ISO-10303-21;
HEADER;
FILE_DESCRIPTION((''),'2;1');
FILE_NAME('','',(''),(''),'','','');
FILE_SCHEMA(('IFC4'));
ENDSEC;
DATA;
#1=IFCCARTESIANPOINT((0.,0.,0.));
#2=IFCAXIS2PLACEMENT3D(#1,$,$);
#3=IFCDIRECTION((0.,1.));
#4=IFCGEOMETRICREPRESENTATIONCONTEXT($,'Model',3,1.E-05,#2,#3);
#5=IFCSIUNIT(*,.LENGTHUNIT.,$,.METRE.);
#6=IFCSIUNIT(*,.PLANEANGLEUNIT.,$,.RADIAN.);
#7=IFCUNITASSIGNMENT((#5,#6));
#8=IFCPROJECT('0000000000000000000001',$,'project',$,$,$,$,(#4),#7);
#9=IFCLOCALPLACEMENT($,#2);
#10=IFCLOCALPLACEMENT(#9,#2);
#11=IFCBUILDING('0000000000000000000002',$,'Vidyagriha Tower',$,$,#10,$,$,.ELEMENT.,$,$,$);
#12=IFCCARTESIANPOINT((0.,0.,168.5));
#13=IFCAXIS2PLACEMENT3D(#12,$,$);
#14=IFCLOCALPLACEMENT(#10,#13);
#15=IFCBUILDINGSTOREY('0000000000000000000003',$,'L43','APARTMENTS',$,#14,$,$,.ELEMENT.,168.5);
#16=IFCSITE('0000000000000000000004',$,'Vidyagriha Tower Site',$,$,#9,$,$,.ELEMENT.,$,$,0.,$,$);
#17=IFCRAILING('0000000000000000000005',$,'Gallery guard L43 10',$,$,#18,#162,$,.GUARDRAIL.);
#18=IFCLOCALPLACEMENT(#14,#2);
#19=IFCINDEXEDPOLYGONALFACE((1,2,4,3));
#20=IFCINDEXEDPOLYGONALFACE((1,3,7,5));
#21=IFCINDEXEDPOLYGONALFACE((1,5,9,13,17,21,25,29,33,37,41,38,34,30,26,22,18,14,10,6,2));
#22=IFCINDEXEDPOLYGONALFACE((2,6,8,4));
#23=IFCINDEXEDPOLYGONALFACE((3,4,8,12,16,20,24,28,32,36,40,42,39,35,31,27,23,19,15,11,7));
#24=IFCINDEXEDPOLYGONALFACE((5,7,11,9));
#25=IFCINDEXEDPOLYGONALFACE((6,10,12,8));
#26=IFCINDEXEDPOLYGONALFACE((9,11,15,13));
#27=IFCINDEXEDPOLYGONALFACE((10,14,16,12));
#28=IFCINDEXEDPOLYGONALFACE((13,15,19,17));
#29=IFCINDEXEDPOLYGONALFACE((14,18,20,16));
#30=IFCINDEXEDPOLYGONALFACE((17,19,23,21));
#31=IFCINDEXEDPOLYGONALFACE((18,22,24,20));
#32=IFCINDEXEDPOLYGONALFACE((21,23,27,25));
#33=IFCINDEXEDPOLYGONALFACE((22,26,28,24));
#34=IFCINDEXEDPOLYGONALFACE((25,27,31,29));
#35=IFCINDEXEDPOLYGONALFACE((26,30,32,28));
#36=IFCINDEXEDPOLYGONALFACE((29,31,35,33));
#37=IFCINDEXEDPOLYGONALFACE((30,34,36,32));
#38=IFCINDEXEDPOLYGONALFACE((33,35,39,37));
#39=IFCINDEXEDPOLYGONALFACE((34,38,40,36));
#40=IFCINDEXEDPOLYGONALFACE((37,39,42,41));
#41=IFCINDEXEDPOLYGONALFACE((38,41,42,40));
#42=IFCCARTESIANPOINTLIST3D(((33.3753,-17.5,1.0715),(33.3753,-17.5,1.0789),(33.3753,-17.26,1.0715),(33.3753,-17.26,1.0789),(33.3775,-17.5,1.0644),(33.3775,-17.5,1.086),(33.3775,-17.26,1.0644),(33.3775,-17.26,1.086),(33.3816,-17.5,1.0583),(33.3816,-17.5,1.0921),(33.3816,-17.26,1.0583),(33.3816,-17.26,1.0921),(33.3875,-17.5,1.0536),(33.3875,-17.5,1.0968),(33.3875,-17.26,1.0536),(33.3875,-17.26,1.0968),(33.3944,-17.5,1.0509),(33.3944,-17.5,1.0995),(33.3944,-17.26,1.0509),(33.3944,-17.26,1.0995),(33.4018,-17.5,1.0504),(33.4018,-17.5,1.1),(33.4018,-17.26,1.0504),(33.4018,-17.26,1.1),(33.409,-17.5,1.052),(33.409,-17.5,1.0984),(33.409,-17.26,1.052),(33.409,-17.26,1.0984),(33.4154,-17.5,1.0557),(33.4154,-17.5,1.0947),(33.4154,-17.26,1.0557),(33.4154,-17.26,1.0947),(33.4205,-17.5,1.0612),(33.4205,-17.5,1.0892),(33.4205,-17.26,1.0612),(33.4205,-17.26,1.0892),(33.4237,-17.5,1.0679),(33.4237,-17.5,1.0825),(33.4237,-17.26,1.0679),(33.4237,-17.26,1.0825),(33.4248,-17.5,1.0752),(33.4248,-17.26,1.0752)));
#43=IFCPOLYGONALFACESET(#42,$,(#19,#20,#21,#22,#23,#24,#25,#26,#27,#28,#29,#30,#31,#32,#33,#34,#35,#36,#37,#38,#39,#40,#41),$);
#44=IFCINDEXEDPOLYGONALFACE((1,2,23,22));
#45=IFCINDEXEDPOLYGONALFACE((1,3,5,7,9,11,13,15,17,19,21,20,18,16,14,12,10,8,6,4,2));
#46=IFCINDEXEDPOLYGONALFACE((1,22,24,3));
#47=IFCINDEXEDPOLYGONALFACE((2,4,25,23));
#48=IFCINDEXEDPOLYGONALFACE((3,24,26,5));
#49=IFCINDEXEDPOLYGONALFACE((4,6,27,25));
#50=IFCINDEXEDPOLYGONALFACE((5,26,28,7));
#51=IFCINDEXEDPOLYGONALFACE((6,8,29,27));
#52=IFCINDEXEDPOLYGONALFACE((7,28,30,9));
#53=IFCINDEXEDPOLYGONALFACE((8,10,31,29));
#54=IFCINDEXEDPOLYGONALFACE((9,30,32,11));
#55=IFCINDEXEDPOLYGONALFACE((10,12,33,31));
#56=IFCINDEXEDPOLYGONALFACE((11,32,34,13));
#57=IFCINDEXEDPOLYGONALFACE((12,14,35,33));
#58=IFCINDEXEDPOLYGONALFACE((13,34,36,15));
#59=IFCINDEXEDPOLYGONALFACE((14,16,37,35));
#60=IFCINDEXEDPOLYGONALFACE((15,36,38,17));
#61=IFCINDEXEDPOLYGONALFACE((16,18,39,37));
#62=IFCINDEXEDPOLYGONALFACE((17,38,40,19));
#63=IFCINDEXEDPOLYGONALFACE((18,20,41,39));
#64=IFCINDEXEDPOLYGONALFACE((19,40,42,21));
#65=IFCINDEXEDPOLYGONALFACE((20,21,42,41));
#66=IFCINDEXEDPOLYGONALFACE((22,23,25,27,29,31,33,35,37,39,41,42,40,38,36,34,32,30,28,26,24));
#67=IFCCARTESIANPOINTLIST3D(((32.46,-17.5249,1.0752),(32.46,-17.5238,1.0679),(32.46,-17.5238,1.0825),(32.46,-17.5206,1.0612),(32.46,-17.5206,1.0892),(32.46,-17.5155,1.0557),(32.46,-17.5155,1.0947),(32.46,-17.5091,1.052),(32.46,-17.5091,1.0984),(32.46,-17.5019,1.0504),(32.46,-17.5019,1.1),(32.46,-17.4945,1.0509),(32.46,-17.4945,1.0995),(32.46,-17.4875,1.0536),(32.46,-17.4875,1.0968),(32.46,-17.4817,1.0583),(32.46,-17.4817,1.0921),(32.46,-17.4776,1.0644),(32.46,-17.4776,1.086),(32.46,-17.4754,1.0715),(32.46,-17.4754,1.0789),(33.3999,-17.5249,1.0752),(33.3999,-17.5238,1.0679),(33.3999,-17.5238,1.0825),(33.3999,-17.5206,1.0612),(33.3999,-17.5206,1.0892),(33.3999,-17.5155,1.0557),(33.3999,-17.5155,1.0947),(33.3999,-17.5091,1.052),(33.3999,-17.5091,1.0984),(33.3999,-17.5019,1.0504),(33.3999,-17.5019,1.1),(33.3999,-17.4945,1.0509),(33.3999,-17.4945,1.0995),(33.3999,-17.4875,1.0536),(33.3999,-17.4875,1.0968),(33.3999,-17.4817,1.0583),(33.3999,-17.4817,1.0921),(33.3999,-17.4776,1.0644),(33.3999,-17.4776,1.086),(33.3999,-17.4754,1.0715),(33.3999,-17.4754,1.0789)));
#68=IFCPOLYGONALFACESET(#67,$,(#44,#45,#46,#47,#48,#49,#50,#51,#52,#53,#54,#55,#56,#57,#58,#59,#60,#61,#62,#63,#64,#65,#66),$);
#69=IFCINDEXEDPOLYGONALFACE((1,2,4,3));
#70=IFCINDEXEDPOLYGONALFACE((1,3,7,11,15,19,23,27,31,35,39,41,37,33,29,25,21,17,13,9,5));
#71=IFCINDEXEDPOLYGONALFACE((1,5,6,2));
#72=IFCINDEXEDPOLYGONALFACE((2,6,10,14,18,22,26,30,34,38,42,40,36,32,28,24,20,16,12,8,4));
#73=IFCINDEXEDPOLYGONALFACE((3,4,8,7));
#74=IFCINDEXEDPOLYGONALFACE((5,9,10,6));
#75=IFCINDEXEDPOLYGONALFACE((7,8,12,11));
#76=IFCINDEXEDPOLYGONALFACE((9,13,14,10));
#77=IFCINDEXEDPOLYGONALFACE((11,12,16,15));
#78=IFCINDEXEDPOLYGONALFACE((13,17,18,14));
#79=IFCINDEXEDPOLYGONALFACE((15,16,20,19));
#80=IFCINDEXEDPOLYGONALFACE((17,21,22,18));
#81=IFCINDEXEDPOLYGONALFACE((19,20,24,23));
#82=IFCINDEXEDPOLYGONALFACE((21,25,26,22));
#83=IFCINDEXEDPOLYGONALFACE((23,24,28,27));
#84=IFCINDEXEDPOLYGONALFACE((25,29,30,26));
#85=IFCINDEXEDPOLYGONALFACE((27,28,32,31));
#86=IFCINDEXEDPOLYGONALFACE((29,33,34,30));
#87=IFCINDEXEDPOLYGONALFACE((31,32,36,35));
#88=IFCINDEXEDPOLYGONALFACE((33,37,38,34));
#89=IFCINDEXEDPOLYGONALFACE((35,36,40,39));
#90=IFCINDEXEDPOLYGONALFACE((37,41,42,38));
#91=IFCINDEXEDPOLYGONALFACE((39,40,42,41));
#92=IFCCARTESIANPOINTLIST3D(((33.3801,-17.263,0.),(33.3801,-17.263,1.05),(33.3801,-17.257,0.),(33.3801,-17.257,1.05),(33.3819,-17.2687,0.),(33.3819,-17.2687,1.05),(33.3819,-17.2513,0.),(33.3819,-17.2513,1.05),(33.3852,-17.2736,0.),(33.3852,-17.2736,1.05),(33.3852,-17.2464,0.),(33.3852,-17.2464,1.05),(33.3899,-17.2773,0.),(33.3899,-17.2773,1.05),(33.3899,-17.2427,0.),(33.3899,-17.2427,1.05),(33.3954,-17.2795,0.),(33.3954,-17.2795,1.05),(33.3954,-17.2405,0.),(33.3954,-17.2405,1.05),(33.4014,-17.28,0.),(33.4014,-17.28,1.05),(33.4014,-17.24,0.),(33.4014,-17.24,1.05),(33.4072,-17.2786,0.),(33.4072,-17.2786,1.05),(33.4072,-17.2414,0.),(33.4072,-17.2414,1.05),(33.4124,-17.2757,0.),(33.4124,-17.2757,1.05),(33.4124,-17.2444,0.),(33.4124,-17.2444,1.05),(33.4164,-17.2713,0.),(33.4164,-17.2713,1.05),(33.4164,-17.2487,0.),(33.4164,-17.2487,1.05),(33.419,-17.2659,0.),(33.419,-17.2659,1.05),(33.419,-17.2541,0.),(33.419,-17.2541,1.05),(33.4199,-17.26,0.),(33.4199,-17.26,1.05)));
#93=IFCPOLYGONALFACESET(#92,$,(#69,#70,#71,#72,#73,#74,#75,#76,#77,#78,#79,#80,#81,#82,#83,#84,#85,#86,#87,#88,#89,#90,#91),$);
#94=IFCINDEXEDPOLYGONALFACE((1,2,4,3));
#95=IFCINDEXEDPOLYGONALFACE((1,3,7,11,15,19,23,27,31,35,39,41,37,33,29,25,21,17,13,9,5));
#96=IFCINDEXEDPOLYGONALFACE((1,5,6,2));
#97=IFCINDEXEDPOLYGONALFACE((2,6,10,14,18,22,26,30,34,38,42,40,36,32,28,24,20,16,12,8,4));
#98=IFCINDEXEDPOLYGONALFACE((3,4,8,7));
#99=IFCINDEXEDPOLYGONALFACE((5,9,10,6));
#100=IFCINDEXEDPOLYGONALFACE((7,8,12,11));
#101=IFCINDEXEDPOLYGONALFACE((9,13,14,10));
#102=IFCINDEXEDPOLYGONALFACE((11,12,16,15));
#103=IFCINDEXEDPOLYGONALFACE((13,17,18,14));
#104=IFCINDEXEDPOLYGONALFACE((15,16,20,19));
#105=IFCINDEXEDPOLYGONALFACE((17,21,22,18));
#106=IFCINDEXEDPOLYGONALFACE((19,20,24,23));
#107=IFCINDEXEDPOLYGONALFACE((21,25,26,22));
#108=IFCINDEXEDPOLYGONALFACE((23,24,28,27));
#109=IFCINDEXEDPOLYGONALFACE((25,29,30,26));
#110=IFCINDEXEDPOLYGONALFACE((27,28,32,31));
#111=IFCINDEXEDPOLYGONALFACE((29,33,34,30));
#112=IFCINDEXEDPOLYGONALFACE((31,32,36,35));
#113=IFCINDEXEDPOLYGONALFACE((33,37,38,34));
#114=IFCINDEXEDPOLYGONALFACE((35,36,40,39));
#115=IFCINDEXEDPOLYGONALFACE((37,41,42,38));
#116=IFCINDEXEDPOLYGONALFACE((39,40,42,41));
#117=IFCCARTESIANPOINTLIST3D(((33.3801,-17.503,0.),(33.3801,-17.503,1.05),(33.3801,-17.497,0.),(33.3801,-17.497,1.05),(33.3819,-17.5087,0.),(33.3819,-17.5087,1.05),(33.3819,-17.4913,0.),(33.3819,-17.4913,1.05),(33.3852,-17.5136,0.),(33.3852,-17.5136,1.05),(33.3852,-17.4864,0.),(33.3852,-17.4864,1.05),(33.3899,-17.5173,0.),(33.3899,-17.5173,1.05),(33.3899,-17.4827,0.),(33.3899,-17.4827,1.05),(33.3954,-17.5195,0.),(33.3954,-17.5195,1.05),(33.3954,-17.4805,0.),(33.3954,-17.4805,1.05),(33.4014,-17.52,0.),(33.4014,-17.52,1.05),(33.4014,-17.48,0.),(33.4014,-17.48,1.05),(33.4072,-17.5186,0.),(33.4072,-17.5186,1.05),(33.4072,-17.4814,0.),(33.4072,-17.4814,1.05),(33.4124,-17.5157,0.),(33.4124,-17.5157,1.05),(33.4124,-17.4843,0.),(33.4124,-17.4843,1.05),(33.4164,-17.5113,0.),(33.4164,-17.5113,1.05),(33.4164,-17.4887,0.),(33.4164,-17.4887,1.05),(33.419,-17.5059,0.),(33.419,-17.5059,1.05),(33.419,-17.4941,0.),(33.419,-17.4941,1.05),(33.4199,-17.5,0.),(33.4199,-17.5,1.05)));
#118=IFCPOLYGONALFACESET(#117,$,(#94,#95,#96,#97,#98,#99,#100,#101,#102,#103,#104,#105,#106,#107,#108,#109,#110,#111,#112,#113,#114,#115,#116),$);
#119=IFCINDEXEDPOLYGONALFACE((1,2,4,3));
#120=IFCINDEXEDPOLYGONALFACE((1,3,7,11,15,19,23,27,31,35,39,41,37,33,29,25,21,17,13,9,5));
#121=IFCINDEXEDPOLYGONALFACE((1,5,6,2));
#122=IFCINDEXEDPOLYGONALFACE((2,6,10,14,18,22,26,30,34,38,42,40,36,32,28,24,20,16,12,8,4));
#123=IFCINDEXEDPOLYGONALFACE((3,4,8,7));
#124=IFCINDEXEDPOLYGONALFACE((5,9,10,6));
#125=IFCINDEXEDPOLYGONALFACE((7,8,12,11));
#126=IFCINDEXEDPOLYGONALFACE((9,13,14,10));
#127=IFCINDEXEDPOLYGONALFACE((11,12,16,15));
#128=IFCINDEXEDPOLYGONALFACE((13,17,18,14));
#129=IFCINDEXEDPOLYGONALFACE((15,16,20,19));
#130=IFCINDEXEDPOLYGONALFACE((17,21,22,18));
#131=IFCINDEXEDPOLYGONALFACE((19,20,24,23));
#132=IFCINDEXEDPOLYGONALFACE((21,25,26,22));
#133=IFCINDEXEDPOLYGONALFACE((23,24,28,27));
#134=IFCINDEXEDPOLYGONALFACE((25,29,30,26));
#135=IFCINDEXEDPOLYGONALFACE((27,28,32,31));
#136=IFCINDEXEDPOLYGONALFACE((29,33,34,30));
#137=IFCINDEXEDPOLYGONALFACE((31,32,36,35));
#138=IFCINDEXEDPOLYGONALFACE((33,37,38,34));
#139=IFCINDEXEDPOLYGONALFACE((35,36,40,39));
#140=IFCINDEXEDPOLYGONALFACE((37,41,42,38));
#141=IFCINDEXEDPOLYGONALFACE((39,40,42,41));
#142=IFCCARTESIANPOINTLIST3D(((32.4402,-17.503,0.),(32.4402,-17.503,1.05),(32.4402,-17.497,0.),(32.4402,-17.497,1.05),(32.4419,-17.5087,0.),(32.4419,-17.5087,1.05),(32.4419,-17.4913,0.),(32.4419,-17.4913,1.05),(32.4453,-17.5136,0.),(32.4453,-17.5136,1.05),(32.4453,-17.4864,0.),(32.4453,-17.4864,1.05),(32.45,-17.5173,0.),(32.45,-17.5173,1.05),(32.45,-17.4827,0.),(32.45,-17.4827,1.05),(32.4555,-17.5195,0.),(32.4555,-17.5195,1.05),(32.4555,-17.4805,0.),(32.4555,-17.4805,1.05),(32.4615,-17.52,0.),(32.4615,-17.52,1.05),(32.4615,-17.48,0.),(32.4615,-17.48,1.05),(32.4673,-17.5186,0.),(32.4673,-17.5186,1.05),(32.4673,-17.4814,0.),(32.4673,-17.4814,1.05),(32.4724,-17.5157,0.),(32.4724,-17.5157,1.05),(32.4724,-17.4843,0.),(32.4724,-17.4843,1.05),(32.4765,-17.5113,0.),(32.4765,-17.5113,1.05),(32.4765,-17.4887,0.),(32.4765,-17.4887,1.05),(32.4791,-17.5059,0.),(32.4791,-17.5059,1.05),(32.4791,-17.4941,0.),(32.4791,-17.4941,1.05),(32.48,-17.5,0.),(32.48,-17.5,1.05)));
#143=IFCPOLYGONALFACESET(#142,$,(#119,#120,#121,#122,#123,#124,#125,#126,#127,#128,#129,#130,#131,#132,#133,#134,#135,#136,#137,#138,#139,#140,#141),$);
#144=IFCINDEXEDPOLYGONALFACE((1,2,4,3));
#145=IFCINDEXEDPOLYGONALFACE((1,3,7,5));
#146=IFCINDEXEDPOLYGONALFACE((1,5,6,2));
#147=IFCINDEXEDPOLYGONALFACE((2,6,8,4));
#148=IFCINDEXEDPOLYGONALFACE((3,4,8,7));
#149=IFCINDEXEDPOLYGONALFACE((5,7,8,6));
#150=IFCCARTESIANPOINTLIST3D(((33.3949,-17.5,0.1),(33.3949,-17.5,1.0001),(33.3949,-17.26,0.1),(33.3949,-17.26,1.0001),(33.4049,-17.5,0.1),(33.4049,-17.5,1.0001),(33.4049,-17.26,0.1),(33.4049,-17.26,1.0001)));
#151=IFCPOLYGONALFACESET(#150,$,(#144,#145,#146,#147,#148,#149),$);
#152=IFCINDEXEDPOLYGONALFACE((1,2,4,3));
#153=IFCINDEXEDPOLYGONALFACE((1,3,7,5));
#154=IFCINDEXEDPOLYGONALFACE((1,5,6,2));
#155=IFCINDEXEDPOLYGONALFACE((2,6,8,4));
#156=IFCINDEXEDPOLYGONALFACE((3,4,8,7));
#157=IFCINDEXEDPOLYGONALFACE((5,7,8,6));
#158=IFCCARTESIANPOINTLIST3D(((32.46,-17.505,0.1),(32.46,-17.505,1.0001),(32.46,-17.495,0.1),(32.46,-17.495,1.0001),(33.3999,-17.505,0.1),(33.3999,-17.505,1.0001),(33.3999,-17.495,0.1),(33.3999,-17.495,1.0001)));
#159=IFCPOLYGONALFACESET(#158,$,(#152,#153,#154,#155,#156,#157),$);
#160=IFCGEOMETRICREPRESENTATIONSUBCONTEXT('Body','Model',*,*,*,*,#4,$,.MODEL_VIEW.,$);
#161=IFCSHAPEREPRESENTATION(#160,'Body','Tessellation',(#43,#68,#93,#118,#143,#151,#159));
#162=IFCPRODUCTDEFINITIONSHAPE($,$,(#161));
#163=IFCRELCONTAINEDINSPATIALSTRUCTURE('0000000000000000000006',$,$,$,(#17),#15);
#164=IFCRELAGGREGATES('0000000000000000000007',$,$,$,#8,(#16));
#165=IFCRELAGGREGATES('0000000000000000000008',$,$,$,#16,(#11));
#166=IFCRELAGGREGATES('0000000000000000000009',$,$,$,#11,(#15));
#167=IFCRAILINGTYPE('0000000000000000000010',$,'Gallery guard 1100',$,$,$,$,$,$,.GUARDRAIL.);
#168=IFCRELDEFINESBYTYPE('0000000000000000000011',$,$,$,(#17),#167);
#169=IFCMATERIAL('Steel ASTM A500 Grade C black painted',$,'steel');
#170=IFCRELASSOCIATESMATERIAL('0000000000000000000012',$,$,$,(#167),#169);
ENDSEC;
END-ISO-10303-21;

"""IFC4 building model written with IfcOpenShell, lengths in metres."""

from ifc_helpers import new_model, si_unit, direction, frame, origin, origin_2d, place, context, subcontext, project, spatial, rectangle, circle, extrude, material, type_object, element, save


model = new_model("IFC4")

# Units and contexts
model_context = context("Model", 3, precision=1e-05, world=origin(), true_north=direction((0.0, 1.0)))
body_context = subcontext(model_context, "Body", "Model", "MODEL_VIEW")
ifc_project = project(units=[si_unit("LENGTHUNIT", "METRE"), si_unit("PLANEANGLEUNIT", "RADIAN")], contexts=[model_context])

# Site, building, storey
site_placement = place(None, origin())
site = spatial("IfcSite", under=ifc_project, at=site_placement, Name="Vidyagriha Tower Site", CompositionType="ELEMENT", RefElevation=0.0)
building_placement = place(site_placement, origin())
building = spatial("IfcBuilding", under=site, at=building_placement, Name="Vidyagriha Tower", CompositionType="ELEMENT")
storey_placement = place(building_placement, frame((0.0, 0.0, 168.5)))
storey = spatial("IfcBuildingStorey", under=building, at=storey_placement, Name="L43", Description="APARTMENTS", CompositionType="ELEMENT", Elevation=168.5)

# Railing
ifc_material_1 = material(Name="Steel ASTM A500 Grade C black painted", Category="steel")
railing_type_1 = type_object("IfcRailingType", Name="Gallery guard 1100", PredefinedType="GUARDRAIL", material=ifc_material_1)
railing_1_placement = place(storey_placement, frame((33.3999, -17.26, 0.0)))
element("IfcRailing", 1, at=railing_1_placement, inside=storey, type_object=railing_type_1, Name="Gallery guard L43 10", PredefinedType="GUARDRAIL", context=body_context, shape_type="SweptSolid", body=[
    extrude(circle(Radius=0.0249, at=origin_2d()), frame((0.0, 0.0, 1.0752), z_axis=(0.0, -1.0, 0.0), x_axis=(1.0, 0.0, 0.0)), (0.0, 0.0, 1.0), 0.24),
    extrude(circle(Radius=0.0249, at=origin_2d()), frame((0.0, -0.24, 1.0752), z_axis=(-1.0, 0.0, 0.0), x_axis=(0.0, -1.0, 0.0)), (0.0, 0.0, 1.0), 0.9399),
    extrude(circle(Radius=0.02, at=origin_2d()), origin(), (0.0, 0.0, 1.0), 1.05),
    extrude(circle(Radius=0.02, at=origin_2d()), frame((0.0, -0.24, 0.0)), (0.0, 0.0, 1.0), 1.05),
    extrude(circle(Radius=0.02, at=origin_2d()), frame((-0.9399, -0.24, 0.0)), (0.0, 0.0, 1.0), 1.05),
    extrude(rectangle(XDim=0.01, YDim=0.9001, at=origin_2d()), frame((0.0, 0.0, 0.55), z_axis=(0.0, -1.0, 0.0), x_axis=(1.0, 0.0, 0.0)), (0.0, 0.0, 1.0), 0.24),
    extrude(rectangle(XDim=0.01, YDim=0.9001, at=origin_2d()), frame((0.0, -0.24, 0.55), z_axis=(-1.0, 0.0, 0.0), x_axis=(0.0, -1.0, 0.0)), (0.0, 0.0, 1.0), 0.9399),
])

save(model, "model.ifc")
